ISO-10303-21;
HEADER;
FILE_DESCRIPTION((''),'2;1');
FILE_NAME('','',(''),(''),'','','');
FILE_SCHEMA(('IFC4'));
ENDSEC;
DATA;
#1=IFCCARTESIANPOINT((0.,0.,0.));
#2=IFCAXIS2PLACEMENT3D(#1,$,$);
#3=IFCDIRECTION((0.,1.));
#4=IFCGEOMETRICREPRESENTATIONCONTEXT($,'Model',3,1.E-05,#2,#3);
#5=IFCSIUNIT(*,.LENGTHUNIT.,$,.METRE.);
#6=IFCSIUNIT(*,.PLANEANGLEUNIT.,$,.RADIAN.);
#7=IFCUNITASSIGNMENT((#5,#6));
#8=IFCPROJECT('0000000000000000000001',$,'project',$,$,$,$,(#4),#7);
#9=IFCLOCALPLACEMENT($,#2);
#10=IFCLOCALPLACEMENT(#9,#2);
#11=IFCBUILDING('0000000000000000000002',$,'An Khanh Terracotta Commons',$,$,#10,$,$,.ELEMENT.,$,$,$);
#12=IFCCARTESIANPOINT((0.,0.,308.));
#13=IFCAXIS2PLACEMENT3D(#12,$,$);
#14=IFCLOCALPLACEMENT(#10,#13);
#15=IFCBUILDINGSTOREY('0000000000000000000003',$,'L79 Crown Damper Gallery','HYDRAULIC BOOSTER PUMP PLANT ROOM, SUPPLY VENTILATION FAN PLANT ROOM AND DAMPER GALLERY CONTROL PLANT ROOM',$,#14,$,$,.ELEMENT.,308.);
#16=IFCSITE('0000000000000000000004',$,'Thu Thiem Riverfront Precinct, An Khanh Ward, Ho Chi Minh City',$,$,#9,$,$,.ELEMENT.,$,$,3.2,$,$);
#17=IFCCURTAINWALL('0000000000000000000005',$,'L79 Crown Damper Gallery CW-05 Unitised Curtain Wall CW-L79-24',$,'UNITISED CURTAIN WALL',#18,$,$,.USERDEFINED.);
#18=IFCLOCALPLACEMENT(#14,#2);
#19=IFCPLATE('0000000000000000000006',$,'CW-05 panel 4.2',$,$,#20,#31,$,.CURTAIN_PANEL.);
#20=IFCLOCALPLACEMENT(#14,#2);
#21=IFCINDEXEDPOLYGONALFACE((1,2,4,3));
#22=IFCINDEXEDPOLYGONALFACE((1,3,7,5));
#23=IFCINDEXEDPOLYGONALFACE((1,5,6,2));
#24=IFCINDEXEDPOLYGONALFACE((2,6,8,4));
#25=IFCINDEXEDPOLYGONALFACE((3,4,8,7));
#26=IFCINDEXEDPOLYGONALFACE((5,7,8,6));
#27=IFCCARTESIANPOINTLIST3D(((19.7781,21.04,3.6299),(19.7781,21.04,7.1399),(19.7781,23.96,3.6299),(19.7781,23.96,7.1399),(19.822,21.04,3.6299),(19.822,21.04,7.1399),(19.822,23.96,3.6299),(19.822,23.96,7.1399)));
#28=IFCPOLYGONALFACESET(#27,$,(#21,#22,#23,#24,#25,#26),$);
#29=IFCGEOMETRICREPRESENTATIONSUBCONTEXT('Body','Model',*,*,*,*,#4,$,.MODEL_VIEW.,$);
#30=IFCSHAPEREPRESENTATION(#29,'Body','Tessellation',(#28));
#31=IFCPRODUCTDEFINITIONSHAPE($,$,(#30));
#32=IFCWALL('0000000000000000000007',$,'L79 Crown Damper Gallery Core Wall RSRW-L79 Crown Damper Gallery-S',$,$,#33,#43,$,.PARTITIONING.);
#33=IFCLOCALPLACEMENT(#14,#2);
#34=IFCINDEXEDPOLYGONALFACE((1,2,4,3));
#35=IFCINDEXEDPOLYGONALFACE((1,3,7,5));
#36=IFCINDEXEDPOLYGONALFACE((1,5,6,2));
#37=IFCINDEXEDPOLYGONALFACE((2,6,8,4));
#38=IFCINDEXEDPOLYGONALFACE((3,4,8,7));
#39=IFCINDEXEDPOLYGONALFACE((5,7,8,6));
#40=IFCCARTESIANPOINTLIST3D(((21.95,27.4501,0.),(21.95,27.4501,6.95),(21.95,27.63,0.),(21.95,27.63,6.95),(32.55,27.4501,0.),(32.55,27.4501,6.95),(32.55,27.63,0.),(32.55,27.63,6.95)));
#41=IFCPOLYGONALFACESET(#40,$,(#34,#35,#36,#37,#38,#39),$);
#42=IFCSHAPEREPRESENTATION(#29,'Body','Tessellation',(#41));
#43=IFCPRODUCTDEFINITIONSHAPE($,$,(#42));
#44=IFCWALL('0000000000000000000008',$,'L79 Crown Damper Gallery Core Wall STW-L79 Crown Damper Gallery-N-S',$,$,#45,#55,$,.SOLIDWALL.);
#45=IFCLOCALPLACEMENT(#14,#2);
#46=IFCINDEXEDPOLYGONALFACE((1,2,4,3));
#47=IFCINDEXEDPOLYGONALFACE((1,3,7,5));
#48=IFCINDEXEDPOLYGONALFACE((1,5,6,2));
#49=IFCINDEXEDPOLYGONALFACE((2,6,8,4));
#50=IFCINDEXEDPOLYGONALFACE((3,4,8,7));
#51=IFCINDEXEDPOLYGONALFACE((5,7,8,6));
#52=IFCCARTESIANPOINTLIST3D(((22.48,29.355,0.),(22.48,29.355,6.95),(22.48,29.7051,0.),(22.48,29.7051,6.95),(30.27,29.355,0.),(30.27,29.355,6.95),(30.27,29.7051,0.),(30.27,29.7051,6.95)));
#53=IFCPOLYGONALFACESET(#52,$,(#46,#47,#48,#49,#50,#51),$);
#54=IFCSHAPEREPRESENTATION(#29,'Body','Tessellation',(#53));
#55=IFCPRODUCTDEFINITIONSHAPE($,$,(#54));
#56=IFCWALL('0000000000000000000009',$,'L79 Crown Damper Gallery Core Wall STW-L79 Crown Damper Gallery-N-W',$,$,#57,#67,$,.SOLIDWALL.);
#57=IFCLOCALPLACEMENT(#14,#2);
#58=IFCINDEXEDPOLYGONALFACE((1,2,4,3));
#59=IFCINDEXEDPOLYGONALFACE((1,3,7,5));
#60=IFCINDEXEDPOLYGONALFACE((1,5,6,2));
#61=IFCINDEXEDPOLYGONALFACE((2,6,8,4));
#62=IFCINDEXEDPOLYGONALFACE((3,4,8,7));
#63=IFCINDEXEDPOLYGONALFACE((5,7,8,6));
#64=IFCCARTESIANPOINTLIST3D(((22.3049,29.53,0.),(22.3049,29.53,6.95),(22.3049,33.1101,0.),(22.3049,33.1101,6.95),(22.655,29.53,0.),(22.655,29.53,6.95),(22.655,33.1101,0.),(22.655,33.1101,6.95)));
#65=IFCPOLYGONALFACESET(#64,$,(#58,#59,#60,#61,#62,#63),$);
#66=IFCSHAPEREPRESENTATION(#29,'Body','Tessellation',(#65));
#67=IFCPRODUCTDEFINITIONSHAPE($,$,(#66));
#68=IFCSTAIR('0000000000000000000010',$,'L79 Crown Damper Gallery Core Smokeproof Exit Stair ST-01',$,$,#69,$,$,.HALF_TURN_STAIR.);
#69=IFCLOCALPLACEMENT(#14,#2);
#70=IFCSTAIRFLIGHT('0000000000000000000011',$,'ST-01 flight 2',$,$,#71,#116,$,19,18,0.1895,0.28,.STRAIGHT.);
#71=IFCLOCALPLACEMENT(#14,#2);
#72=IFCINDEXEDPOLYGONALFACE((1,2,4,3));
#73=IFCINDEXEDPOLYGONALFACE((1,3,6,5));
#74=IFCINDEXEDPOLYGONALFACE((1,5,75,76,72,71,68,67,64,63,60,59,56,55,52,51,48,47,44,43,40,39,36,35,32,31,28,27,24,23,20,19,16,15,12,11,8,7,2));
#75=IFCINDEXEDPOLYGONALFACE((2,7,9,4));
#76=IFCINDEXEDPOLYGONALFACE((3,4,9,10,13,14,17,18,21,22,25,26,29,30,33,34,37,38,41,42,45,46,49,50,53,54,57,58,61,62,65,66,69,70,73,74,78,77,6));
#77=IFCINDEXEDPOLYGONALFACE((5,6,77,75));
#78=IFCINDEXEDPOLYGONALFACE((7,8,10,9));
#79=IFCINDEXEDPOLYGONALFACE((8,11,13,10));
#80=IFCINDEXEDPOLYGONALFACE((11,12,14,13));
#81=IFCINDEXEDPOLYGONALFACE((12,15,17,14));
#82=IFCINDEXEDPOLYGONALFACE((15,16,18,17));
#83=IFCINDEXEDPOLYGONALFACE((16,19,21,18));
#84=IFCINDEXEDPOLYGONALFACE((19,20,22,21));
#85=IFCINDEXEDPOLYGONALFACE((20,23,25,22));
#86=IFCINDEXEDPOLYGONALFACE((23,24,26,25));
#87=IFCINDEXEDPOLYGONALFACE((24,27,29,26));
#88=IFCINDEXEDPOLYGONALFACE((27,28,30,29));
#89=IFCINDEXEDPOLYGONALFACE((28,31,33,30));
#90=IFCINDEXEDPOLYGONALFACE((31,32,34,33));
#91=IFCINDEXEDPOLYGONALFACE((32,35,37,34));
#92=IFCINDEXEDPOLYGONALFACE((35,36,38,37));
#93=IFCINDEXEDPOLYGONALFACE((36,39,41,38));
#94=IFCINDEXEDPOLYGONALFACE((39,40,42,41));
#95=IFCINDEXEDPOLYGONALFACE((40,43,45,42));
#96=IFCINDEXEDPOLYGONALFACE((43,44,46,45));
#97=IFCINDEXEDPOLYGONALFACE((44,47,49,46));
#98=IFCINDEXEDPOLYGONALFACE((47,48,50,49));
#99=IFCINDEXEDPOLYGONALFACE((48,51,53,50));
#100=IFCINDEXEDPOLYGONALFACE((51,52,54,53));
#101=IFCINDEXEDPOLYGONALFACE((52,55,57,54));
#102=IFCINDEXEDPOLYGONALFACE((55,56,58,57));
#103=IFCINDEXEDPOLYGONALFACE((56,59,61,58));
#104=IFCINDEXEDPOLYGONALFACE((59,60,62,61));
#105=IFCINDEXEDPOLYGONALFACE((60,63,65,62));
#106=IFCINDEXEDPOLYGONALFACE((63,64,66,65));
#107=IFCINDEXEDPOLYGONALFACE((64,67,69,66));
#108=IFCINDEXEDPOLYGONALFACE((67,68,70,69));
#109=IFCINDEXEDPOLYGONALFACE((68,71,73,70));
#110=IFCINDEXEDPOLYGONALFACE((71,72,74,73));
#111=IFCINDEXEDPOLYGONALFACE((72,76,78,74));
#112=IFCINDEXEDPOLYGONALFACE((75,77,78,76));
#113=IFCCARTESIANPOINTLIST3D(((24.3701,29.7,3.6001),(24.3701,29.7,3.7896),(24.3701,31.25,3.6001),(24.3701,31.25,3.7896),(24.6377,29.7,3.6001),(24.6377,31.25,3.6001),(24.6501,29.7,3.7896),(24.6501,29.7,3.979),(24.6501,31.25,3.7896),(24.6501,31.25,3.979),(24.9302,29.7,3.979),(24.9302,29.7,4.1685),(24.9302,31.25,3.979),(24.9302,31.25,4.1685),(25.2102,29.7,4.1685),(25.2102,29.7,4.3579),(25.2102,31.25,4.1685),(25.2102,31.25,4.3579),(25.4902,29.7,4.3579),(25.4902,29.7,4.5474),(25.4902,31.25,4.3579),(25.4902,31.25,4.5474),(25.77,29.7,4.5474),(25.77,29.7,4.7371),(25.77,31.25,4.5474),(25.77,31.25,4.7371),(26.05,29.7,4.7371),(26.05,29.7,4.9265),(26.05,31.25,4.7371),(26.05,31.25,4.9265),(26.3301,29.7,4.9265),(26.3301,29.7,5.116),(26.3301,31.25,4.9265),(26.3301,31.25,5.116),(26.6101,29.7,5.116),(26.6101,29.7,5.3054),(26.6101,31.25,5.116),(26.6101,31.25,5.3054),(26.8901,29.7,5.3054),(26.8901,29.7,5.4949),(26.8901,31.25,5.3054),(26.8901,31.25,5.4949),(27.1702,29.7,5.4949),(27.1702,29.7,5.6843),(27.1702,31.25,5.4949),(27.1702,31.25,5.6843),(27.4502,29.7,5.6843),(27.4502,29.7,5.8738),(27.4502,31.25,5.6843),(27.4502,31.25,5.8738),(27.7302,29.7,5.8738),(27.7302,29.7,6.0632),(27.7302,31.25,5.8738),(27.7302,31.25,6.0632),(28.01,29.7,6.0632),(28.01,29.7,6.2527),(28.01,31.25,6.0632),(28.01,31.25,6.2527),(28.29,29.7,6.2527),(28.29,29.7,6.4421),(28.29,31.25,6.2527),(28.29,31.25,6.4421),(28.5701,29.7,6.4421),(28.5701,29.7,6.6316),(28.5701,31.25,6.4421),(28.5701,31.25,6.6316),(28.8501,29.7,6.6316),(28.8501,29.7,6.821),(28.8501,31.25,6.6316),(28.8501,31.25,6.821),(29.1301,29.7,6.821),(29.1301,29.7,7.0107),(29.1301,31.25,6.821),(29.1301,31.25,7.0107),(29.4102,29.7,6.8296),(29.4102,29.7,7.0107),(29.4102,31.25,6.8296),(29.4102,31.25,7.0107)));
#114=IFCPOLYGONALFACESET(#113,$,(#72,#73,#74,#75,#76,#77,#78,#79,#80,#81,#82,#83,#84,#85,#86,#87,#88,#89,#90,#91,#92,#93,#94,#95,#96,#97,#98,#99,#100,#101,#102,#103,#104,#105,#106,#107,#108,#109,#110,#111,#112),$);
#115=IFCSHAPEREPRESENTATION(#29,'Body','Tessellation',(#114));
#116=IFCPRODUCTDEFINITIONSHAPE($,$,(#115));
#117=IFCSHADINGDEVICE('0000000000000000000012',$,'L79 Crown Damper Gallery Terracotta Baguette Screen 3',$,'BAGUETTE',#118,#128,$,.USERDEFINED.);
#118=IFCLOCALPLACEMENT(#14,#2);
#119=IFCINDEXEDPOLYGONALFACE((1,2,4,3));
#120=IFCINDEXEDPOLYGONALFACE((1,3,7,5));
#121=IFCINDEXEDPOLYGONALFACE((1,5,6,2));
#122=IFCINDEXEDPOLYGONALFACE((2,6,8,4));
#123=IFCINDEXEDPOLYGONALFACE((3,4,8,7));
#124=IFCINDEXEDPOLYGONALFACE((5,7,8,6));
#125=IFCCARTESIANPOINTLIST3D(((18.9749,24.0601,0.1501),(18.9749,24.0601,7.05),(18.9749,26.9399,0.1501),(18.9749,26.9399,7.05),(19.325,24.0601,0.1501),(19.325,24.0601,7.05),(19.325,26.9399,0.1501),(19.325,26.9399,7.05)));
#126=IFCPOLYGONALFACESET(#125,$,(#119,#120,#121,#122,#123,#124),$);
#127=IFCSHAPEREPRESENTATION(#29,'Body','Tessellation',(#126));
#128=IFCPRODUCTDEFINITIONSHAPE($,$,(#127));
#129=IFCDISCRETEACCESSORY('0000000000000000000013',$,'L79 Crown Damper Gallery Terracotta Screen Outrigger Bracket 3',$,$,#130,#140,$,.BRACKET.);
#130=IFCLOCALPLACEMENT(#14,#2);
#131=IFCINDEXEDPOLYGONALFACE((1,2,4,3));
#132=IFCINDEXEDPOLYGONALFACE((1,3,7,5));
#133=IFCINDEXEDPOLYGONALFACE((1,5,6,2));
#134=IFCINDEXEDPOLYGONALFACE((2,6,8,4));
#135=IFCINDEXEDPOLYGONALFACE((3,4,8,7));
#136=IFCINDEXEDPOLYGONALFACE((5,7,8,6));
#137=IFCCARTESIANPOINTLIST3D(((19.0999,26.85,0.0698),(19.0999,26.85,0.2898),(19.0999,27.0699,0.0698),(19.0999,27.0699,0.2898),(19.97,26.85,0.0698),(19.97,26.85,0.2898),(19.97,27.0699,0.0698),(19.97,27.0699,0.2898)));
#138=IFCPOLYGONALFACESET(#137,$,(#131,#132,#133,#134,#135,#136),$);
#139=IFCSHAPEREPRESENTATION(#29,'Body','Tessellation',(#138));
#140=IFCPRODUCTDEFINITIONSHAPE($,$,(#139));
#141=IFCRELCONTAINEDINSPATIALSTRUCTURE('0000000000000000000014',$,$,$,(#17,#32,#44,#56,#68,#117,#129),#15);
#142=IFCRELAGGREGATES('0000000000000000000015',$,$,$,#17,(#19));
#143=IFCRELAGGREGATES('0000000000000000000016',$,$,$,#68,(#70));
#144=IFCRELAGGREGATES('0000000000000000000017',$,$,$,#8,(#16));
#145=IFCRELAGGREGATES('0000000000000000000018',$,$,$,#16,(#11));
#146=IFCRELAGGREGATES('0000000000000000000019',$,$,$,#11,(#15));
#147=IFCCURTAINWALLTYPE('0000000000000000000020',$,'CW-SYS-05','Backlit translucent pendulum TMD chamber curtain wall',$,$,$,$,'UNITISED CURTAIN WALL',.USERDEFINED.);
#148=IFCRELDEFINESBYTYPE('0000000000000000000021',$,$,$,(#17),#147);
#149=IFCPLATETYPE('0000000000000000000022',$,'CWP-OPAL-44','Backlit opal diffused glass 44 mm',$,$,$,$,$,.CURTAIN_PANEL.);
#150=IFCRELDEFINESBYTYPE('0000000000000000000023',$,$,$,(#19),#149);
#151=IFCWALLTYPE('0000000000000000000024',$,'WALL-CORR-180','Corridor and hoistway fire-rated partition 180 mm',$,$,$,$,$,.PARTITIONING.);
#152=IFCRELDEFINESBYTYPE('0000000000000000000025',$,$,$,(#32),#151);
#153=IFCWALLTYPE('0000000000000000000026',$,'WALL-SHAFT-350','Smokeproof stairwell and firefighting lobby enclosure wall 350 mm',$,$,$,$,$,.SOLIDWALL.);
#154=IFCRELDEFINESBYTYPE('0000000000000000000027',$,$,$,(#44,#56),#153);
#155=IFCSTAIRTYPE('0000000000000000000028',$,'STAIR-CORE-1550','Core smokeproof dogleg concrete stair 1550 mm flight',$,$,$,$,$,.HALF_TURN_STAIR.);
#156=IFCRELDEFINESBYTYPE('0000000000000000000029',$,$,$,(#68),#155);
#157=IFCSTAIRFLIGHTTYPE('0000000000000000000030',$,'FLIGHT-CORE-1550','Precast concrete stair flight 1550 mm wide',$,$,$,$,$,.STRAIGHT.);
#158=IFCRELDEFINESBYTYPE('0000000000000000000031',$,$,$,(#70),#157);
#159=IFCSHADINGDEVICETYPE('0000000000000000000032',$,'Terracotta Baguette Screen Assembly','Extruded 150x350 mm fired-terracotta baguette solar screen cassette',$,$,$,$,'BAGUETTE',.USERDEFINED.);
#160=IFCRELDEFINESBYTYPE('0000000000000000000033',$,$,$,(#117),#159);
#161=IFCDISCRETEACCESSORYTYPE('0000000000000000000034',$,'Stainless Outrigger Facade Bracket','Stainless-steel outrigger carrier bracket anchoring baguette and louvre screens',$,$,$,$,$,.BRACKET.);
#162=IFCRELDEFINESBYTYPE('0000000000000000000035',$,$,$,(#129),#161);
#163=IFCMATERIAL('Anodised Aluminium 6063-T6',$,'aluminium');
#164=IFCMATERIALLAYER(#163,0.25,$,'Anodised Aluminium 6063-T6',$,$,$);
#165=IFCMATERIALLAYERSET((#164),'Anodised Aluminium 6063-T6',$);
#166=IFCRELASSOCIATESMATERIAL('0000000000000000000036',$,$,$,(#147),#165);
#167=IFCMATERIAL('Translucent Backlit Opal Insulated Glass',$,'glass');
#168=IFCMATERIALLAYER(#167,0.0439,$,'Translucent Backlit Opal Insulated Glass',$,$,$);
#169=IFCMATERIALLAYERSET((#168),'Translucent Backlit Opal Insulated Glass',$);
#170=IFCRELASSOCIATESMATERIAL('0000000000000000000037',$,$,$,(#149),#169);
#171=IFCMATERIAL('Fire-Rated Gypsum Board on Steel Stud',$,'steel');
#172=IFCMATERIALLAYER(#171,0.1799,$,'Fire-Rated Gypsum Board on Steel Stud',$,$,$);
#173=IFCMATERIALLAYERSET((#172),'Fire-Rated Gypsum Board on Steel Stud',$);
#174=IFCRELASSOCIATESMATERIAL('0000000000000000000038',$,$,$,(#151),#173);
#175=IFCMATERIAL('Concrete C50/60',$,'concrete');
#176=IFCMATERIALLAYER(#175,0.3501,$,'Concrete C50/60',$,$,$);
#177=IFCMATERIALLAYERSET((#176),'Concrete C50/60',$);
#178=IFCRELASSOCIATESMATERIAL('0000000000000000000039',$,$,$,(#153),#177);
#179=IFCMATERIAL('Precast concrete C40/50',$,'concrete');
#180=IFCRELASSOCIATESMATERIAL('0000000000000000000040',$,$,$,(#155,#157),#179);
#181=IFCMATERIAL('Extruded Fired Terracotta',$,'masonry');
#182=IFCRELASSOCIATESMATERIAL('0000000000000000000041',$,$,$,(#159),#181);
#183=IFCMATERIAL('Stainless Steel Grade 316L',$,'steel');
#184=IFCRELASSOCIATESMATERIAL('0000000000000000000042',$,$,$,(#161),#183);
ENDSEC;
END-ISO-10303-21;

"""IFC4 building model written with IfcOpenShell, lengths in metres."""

from ifc_helpers import new_model, si_unit, direction, frame, frame_2d, origin, origin_2d, place, context, subcontext, project, spatial, polyline, rectangle, outline, extrude, material, layer, layer_set, type_object, element, aggregate, save


model = new_model("IFC4")

# Units and contexts
model_context = context("Model", 3, precision=1e-05, world=origin(), true_north=direction((0.0, 1.0)))
body_context = subcontext(model_context, "Body", "Model", "MODEL_VIEW")
ifc_project = project(units=[si_unit("LENGTHUNIT", "METRE"), si_unit("PLANEANGLEUNIT", "RADIAN")], contexts=[model_context])

# Site, building, storey
site_placement = place(None, origin())
site = spatial("IfcSite", under=ifc_project, at=site_placement, Name="Thu Thiem Riverfront Precinct, An Khanh Ward, Ho Chi Minh City", CompositionType="ELEMENT", RefElevation=3.2)
building_placement = place(site_placement, origin())
building = spatial("IfcBuilding", under=site, at=building_placement, Name="An Khanh Terracotta Commons", CompositionType="ELEMENT")
storey_placement = place(building_placement, frame((0.0, 0.0, 308.0)))
storey = spatial("IfcBuildingStorey", under=building, at=storey_placement, Name="L79 Crown Damper Gallery", Description="HYDRAULIC BOOSTER PUMP PLANT ROOM, SUPPLY VENTILATION FAN PLANT ROOM AND DAMPER GALLERY CONTROL PLANT ROOM", CompositionType="ELEMENT", Elevation=308.0)

# Curtain wall, plate
ifc_material_1 = material(Name="Anodised Aluminium 6063-T6", Category="aluminium")
ifc_layer_1 = layer(ifc_material_1, 0.25, Name="Anodised Aluminium 6063-T6")
ifc_layer_set_1 = layer_set([ifc_layer_1], Name="Anodised Aluminium 6063-T6")
curtain_wall_type = type_object("IfcCurtainWallType", Name="CW-SYS-05", Description="Backlit translucent pendulum TMD chamber curtain wall", ElementType="UNITISED CURTAIN WALL", PredefinedType="USERDEFINED", material=ifc_layer_set_1)
curtain_wall_placement = place(storey_placement, origin())
curtain_wall = element("IfcCurtainWall", 1, at=curtain_wall_placement, inside=storey, type_object=curtain_wall_type, Name="L79 Crown Damper Gallery CW-05 Unitised Curtain Wall CW-L79-24", ObjectType="UNITISED CURTAIN WALL", PredefinedType="USERDEFINED")
ifc_material_2 = material(Name="Translucent Backlit Opal Insulated Glass", Category="glass")
ifc_layer_2 = layer(ifc_material_2, 0.0439, Name="Translucent Backlit Opal Insulated Glass")
ifc_layer_set_2 = layer_set([ifc_layer_2], Name="Translucent Backlit Opal Insulated Glass")
plate_type = type_object("IfcPlateType", Name="CWP-OPAL-44", Description="Backlit opal diffused glass 44 mm", PredefinedType="CURTAIN_PANEL", material=ifc_layer_set_2)
plate_1_placement = place(storey_placement, frame((19.8, 22.5, 3.6299), z_axis=(0.0, 0.0, 1.0), x_axis=(0.0, -1.0, 0.0)))
plate_1 = element("IfcPlate", 2, at=plate_1_placement, type_object=plate_type, Name="CW-05 panel 4.2", PredefinedType="CURTAIN_PANEL", context=body_context, shape_type="SweptSolid", body=[
    extrude(rectangle(XDim=2.9199, YDim=0.0439, at=origin_2d()), origin(), (0.0, 0.0, 1.0), 3.51),
])
aggregate(curtain_wall, [plate_1])

# Walls
ifc_material_3 = material(Name="Fire-Rated Gypsum Board on Steel Stud", Category="steel")
ifc_layer_3 = layer(ifc_material_3, 0.1799, Name="Fire-Rated Gypsum Board on Steel Stud")
ifc_layer_set_3 = layer_set([ifc_layer_3], Name="Fire-Rated Gypsum Board on Steel Stud")
wall_type_1 = type_object("IfcWallType", Name="WALL-CORR-180", Description="Corridor and hoistway fire-rated partition 180 mm", PredefinedType="PARTITIONING", material=ifc_layer_set_3)
wall_1_placement = place(storey_placement, frame((21.95, 27.54, 0.0), z_axis=(0.0, 0.0, 1.0), x_axis=(1.0, 0.0, 0.0)))
element("IfcWall", 3, at=wall_1_placement, inside=storey, type_object=wall_type_1, Name="L79 Crown Damper Gallery Core Wall RSRW-L79 Crown Damper Gallery-S", PredefinedType="PARTITIONING", context=body_context, shape_type="SweptSolid", body=[
    extrude(rectangle(XDim=10.6001, YDim=0.1799, at=frame_2d((5.3, 0.0))), origin(), (0.0, 0.0, 1.0), 6.95),
])
ifc_material_4 = material(Name="Concrete C50/60", Category="concrete")
ifc_layer_4 = layer(ifc_material_4, 0.3501, Name="Concrete C50/60")
ifc_layer_set_4 = layer_set([ifc_layer_4], Name="Concrete C50/60")
wall_type_2 = type_object("IfcWallType", Name="WALL-SHAFT-350", Description="Smokeproof stairwell and firefighting lobby enclosure wall 350 mm", PredefinedType="SOLIDWALL", material=ifc_layer_set_4)
wall_2_placement = place(storey_placement, frame((22.48, 29.53, 0.0), z_axis=(0.0, 0.0, 1.0), x_axis=(1.0, 0.0, 0.0)))
element("IfcWall", 4, at=wall_2_placement, inside=storey, type_object=wall_type_2, Name="L79 Crown Damper Gallery Core Wall STW-L79 Crown Damper Gallery-N-S", PredefinedType="SOLIDWALL", context=body_context, shape_type="SweptSolid", body=[
    extrude(rectangle(XDim=7.79, YDim=0.3501, at=frame_2d((3.895, 0.0))), origin(), (0.0, 0.0, 1.0), 6.95),
])
wall_3_placement = place(storey_placement, frame((22.48, 29.53, 0.0), z_axis=(0.0, 0.0, 1.0), x_axis=(0.0, 1.0, 0.0)))
element("IfcWall", 5, at=wall_3_placement, inside=storey, type_object=wall_type_2, Name="L79 Crown Damper Gallery Core Wall STW-L79 Crown Damper Gallery-N-W", PredefinedType="SOLIDWALL", context=body_context, shape_type="SweptSolid", body=[
    extrude(rectangle(XDim=3.5801, YDim=0.3501, at=frame_2d((1.79, 0.0))), origin(), (0.0, 0.0, 1.0), 6.95),
])

# Stair, stair flight
ifc_material_5 = material(Name="Precast concrete C40/50", Category="concrete")
stair_type = type_object("IfcStairType", Name="STAIR-CORE-1550", Description="Core smokeproof dogleg concrete stair 1550 mm flight", PredefinedType="HALF_TURN_STAIR", material=ifc_material_5)
stair_placement = place(storey_placement, origin())
stair = element("IfcStair", 6, at=stair_placement, inside=storey, type_object=stair_type, Name="L79 Crown Damper Gallery Core Smokeproof Exit Stair ST-01", PredefinedType="HALF_TURN_STAIR")
stair_flight_type = type_object("IfcStairFlightType", Name="FLIGHT-CORE-1550", Description="Precast concrete stair flight 1550 mm wide", PredefinedType="STRAIGHT", material=ifc_material_5)
stair_flight_placement = place(storey_placement, frame((24.3701, 30.4751, 3.6001), z_axis=(0.0, 0.0, 1.0), x_axis=(1.0, 0.0, 0.0)))
stair_flight = element("IfcStairFlight", 7, at=stair_flight_placement, type_object=stair_flight_type, Name="ST-01 flight 2", NumberOfRisers=19, NumberOfTreads=18, PredefinedType="STRAIGHT", RiserHeight=0.1895, TreadLength=0.28, context=body_context, shape_type="SweptSolid", body=[
    extrude(outline(polyline([(0.0, 0.0), (0.0, 0.1895), (0.28, 0.1895), (0.28, 0.3789), (0.5601, 0.3789), (0.5601, 0.5684), (0.8401, 0.5684), (0.8401, 0.7578), (1.1201, 0.7578), (1.1201, 0.9473), (1.3999, 0.9473), (1.3999, 1.137), (1.6799, 1.137), (1.6799, 1.3264), (1.96, 1.3264), (1.96, 1.5159), (2.24, 1.5159), (2.24, 1.7053), (2.52, 1.7053), (2.52, 1.8948), (2.8, 1.8948), (2.8, 2.0842), (3.0801, 2.0842), (3.0801, 2.2737), (3.3601, 2.2737), (3.3601, 2.4631), (3.6399, 2.4631), (3.6399, 2.6526), (3.9199, 2.6526), (3.9199, 2.842), (4.2, 2.842), (4.2, 3.0315), (4.48, 3.0315), (4.48, 3.2209), (4.76, 3.2209), (4.76, 3.4106), (5.04, 3.4106), (5.04, 3.6001), (5.04, 3.2295), (0.2676, 0.0), (0.0, 0.0)])), frame((0.0, 0.7749, 0.0), z_axis=(0.0, -1.0, 0.0), x_axis=(1.0, 0.0, 0.0)), (0.0, 0.0, 1.0), 1.55),
])
aggregate(stair, [stair_flight])

# Shading device
ifc_material_6 = material(Name="Extruded Fired Terracotta", Category="masonry")
shading_device_type = type_object("IfcShadingDeviceType", Name="Terracotta Baguette Screen Assembly", Description="Extruded 150x350 mm fired-terracotta baguette solar screen cassette", ElementType="BAGUETTE", PredefinedType="USERDEFINED", material=ifc_material_6)
shading_device_placement = place(storey_placement, frame((19.1499, 25.5, 0.1501), z_axis=(0.0, 0.0, 1.0), x_axis=(0.0, -1.0, 0.0)))
element("IfcShadingDevice", 8, at=shading_device_placement, inside=storey, type_object=shading_device_type, Name="L79 Crown Damper Gallery Terracotta Baguette Screen 3", ObjectType="BAGUETTE", PredefinedType="USERDEFINED", context=body_context, shape_type="SweptSolid", body=[
    extrude(rectangle(XDim=2.8799, YDim=0.3501, at=origin_2d()), origin(), (0.0, 0.0, 1.0), 6.8999),
])

# Discrete accessory
ifc_material_7 = material(Name="Stainless Steel Grade 316L", Category="steel")
discrete_accessory_type = type_object("IfcDiscreteAccessoryType", Name="Stainless Outrigger Facade Bracket", Description="Stainless-steel outrigger carrier bracket anchoring baguette and louvre screens", PredefinedType="BRACKET", material=ifc_material_7)
discrete_accessory_placement = place(storey_placement, frame((19.5349, 26.96, 0.0698), z_axis=(0.0, 0.0, 1.0), x_axis=(0.0, -1.0, 0.0)))
element("IfcDiscreteAccessory", 9, at=discrete_accessory_placement, inside=storey, type_object=discrete_accessory_type, Name="L79 Crown Damper Gallery Terracotta Screen Outrigger Bracket 3", PredefinedType="BRACKET", context=body_context, shape_type="SweptSolid", body=[
    extrude(rectangle(XDim=0.22, YDim=0.8701, at=origin_2d()), origin(), (0.0, 0.0, 1.0), 0.22),
])

save(model, "model.ifc")
